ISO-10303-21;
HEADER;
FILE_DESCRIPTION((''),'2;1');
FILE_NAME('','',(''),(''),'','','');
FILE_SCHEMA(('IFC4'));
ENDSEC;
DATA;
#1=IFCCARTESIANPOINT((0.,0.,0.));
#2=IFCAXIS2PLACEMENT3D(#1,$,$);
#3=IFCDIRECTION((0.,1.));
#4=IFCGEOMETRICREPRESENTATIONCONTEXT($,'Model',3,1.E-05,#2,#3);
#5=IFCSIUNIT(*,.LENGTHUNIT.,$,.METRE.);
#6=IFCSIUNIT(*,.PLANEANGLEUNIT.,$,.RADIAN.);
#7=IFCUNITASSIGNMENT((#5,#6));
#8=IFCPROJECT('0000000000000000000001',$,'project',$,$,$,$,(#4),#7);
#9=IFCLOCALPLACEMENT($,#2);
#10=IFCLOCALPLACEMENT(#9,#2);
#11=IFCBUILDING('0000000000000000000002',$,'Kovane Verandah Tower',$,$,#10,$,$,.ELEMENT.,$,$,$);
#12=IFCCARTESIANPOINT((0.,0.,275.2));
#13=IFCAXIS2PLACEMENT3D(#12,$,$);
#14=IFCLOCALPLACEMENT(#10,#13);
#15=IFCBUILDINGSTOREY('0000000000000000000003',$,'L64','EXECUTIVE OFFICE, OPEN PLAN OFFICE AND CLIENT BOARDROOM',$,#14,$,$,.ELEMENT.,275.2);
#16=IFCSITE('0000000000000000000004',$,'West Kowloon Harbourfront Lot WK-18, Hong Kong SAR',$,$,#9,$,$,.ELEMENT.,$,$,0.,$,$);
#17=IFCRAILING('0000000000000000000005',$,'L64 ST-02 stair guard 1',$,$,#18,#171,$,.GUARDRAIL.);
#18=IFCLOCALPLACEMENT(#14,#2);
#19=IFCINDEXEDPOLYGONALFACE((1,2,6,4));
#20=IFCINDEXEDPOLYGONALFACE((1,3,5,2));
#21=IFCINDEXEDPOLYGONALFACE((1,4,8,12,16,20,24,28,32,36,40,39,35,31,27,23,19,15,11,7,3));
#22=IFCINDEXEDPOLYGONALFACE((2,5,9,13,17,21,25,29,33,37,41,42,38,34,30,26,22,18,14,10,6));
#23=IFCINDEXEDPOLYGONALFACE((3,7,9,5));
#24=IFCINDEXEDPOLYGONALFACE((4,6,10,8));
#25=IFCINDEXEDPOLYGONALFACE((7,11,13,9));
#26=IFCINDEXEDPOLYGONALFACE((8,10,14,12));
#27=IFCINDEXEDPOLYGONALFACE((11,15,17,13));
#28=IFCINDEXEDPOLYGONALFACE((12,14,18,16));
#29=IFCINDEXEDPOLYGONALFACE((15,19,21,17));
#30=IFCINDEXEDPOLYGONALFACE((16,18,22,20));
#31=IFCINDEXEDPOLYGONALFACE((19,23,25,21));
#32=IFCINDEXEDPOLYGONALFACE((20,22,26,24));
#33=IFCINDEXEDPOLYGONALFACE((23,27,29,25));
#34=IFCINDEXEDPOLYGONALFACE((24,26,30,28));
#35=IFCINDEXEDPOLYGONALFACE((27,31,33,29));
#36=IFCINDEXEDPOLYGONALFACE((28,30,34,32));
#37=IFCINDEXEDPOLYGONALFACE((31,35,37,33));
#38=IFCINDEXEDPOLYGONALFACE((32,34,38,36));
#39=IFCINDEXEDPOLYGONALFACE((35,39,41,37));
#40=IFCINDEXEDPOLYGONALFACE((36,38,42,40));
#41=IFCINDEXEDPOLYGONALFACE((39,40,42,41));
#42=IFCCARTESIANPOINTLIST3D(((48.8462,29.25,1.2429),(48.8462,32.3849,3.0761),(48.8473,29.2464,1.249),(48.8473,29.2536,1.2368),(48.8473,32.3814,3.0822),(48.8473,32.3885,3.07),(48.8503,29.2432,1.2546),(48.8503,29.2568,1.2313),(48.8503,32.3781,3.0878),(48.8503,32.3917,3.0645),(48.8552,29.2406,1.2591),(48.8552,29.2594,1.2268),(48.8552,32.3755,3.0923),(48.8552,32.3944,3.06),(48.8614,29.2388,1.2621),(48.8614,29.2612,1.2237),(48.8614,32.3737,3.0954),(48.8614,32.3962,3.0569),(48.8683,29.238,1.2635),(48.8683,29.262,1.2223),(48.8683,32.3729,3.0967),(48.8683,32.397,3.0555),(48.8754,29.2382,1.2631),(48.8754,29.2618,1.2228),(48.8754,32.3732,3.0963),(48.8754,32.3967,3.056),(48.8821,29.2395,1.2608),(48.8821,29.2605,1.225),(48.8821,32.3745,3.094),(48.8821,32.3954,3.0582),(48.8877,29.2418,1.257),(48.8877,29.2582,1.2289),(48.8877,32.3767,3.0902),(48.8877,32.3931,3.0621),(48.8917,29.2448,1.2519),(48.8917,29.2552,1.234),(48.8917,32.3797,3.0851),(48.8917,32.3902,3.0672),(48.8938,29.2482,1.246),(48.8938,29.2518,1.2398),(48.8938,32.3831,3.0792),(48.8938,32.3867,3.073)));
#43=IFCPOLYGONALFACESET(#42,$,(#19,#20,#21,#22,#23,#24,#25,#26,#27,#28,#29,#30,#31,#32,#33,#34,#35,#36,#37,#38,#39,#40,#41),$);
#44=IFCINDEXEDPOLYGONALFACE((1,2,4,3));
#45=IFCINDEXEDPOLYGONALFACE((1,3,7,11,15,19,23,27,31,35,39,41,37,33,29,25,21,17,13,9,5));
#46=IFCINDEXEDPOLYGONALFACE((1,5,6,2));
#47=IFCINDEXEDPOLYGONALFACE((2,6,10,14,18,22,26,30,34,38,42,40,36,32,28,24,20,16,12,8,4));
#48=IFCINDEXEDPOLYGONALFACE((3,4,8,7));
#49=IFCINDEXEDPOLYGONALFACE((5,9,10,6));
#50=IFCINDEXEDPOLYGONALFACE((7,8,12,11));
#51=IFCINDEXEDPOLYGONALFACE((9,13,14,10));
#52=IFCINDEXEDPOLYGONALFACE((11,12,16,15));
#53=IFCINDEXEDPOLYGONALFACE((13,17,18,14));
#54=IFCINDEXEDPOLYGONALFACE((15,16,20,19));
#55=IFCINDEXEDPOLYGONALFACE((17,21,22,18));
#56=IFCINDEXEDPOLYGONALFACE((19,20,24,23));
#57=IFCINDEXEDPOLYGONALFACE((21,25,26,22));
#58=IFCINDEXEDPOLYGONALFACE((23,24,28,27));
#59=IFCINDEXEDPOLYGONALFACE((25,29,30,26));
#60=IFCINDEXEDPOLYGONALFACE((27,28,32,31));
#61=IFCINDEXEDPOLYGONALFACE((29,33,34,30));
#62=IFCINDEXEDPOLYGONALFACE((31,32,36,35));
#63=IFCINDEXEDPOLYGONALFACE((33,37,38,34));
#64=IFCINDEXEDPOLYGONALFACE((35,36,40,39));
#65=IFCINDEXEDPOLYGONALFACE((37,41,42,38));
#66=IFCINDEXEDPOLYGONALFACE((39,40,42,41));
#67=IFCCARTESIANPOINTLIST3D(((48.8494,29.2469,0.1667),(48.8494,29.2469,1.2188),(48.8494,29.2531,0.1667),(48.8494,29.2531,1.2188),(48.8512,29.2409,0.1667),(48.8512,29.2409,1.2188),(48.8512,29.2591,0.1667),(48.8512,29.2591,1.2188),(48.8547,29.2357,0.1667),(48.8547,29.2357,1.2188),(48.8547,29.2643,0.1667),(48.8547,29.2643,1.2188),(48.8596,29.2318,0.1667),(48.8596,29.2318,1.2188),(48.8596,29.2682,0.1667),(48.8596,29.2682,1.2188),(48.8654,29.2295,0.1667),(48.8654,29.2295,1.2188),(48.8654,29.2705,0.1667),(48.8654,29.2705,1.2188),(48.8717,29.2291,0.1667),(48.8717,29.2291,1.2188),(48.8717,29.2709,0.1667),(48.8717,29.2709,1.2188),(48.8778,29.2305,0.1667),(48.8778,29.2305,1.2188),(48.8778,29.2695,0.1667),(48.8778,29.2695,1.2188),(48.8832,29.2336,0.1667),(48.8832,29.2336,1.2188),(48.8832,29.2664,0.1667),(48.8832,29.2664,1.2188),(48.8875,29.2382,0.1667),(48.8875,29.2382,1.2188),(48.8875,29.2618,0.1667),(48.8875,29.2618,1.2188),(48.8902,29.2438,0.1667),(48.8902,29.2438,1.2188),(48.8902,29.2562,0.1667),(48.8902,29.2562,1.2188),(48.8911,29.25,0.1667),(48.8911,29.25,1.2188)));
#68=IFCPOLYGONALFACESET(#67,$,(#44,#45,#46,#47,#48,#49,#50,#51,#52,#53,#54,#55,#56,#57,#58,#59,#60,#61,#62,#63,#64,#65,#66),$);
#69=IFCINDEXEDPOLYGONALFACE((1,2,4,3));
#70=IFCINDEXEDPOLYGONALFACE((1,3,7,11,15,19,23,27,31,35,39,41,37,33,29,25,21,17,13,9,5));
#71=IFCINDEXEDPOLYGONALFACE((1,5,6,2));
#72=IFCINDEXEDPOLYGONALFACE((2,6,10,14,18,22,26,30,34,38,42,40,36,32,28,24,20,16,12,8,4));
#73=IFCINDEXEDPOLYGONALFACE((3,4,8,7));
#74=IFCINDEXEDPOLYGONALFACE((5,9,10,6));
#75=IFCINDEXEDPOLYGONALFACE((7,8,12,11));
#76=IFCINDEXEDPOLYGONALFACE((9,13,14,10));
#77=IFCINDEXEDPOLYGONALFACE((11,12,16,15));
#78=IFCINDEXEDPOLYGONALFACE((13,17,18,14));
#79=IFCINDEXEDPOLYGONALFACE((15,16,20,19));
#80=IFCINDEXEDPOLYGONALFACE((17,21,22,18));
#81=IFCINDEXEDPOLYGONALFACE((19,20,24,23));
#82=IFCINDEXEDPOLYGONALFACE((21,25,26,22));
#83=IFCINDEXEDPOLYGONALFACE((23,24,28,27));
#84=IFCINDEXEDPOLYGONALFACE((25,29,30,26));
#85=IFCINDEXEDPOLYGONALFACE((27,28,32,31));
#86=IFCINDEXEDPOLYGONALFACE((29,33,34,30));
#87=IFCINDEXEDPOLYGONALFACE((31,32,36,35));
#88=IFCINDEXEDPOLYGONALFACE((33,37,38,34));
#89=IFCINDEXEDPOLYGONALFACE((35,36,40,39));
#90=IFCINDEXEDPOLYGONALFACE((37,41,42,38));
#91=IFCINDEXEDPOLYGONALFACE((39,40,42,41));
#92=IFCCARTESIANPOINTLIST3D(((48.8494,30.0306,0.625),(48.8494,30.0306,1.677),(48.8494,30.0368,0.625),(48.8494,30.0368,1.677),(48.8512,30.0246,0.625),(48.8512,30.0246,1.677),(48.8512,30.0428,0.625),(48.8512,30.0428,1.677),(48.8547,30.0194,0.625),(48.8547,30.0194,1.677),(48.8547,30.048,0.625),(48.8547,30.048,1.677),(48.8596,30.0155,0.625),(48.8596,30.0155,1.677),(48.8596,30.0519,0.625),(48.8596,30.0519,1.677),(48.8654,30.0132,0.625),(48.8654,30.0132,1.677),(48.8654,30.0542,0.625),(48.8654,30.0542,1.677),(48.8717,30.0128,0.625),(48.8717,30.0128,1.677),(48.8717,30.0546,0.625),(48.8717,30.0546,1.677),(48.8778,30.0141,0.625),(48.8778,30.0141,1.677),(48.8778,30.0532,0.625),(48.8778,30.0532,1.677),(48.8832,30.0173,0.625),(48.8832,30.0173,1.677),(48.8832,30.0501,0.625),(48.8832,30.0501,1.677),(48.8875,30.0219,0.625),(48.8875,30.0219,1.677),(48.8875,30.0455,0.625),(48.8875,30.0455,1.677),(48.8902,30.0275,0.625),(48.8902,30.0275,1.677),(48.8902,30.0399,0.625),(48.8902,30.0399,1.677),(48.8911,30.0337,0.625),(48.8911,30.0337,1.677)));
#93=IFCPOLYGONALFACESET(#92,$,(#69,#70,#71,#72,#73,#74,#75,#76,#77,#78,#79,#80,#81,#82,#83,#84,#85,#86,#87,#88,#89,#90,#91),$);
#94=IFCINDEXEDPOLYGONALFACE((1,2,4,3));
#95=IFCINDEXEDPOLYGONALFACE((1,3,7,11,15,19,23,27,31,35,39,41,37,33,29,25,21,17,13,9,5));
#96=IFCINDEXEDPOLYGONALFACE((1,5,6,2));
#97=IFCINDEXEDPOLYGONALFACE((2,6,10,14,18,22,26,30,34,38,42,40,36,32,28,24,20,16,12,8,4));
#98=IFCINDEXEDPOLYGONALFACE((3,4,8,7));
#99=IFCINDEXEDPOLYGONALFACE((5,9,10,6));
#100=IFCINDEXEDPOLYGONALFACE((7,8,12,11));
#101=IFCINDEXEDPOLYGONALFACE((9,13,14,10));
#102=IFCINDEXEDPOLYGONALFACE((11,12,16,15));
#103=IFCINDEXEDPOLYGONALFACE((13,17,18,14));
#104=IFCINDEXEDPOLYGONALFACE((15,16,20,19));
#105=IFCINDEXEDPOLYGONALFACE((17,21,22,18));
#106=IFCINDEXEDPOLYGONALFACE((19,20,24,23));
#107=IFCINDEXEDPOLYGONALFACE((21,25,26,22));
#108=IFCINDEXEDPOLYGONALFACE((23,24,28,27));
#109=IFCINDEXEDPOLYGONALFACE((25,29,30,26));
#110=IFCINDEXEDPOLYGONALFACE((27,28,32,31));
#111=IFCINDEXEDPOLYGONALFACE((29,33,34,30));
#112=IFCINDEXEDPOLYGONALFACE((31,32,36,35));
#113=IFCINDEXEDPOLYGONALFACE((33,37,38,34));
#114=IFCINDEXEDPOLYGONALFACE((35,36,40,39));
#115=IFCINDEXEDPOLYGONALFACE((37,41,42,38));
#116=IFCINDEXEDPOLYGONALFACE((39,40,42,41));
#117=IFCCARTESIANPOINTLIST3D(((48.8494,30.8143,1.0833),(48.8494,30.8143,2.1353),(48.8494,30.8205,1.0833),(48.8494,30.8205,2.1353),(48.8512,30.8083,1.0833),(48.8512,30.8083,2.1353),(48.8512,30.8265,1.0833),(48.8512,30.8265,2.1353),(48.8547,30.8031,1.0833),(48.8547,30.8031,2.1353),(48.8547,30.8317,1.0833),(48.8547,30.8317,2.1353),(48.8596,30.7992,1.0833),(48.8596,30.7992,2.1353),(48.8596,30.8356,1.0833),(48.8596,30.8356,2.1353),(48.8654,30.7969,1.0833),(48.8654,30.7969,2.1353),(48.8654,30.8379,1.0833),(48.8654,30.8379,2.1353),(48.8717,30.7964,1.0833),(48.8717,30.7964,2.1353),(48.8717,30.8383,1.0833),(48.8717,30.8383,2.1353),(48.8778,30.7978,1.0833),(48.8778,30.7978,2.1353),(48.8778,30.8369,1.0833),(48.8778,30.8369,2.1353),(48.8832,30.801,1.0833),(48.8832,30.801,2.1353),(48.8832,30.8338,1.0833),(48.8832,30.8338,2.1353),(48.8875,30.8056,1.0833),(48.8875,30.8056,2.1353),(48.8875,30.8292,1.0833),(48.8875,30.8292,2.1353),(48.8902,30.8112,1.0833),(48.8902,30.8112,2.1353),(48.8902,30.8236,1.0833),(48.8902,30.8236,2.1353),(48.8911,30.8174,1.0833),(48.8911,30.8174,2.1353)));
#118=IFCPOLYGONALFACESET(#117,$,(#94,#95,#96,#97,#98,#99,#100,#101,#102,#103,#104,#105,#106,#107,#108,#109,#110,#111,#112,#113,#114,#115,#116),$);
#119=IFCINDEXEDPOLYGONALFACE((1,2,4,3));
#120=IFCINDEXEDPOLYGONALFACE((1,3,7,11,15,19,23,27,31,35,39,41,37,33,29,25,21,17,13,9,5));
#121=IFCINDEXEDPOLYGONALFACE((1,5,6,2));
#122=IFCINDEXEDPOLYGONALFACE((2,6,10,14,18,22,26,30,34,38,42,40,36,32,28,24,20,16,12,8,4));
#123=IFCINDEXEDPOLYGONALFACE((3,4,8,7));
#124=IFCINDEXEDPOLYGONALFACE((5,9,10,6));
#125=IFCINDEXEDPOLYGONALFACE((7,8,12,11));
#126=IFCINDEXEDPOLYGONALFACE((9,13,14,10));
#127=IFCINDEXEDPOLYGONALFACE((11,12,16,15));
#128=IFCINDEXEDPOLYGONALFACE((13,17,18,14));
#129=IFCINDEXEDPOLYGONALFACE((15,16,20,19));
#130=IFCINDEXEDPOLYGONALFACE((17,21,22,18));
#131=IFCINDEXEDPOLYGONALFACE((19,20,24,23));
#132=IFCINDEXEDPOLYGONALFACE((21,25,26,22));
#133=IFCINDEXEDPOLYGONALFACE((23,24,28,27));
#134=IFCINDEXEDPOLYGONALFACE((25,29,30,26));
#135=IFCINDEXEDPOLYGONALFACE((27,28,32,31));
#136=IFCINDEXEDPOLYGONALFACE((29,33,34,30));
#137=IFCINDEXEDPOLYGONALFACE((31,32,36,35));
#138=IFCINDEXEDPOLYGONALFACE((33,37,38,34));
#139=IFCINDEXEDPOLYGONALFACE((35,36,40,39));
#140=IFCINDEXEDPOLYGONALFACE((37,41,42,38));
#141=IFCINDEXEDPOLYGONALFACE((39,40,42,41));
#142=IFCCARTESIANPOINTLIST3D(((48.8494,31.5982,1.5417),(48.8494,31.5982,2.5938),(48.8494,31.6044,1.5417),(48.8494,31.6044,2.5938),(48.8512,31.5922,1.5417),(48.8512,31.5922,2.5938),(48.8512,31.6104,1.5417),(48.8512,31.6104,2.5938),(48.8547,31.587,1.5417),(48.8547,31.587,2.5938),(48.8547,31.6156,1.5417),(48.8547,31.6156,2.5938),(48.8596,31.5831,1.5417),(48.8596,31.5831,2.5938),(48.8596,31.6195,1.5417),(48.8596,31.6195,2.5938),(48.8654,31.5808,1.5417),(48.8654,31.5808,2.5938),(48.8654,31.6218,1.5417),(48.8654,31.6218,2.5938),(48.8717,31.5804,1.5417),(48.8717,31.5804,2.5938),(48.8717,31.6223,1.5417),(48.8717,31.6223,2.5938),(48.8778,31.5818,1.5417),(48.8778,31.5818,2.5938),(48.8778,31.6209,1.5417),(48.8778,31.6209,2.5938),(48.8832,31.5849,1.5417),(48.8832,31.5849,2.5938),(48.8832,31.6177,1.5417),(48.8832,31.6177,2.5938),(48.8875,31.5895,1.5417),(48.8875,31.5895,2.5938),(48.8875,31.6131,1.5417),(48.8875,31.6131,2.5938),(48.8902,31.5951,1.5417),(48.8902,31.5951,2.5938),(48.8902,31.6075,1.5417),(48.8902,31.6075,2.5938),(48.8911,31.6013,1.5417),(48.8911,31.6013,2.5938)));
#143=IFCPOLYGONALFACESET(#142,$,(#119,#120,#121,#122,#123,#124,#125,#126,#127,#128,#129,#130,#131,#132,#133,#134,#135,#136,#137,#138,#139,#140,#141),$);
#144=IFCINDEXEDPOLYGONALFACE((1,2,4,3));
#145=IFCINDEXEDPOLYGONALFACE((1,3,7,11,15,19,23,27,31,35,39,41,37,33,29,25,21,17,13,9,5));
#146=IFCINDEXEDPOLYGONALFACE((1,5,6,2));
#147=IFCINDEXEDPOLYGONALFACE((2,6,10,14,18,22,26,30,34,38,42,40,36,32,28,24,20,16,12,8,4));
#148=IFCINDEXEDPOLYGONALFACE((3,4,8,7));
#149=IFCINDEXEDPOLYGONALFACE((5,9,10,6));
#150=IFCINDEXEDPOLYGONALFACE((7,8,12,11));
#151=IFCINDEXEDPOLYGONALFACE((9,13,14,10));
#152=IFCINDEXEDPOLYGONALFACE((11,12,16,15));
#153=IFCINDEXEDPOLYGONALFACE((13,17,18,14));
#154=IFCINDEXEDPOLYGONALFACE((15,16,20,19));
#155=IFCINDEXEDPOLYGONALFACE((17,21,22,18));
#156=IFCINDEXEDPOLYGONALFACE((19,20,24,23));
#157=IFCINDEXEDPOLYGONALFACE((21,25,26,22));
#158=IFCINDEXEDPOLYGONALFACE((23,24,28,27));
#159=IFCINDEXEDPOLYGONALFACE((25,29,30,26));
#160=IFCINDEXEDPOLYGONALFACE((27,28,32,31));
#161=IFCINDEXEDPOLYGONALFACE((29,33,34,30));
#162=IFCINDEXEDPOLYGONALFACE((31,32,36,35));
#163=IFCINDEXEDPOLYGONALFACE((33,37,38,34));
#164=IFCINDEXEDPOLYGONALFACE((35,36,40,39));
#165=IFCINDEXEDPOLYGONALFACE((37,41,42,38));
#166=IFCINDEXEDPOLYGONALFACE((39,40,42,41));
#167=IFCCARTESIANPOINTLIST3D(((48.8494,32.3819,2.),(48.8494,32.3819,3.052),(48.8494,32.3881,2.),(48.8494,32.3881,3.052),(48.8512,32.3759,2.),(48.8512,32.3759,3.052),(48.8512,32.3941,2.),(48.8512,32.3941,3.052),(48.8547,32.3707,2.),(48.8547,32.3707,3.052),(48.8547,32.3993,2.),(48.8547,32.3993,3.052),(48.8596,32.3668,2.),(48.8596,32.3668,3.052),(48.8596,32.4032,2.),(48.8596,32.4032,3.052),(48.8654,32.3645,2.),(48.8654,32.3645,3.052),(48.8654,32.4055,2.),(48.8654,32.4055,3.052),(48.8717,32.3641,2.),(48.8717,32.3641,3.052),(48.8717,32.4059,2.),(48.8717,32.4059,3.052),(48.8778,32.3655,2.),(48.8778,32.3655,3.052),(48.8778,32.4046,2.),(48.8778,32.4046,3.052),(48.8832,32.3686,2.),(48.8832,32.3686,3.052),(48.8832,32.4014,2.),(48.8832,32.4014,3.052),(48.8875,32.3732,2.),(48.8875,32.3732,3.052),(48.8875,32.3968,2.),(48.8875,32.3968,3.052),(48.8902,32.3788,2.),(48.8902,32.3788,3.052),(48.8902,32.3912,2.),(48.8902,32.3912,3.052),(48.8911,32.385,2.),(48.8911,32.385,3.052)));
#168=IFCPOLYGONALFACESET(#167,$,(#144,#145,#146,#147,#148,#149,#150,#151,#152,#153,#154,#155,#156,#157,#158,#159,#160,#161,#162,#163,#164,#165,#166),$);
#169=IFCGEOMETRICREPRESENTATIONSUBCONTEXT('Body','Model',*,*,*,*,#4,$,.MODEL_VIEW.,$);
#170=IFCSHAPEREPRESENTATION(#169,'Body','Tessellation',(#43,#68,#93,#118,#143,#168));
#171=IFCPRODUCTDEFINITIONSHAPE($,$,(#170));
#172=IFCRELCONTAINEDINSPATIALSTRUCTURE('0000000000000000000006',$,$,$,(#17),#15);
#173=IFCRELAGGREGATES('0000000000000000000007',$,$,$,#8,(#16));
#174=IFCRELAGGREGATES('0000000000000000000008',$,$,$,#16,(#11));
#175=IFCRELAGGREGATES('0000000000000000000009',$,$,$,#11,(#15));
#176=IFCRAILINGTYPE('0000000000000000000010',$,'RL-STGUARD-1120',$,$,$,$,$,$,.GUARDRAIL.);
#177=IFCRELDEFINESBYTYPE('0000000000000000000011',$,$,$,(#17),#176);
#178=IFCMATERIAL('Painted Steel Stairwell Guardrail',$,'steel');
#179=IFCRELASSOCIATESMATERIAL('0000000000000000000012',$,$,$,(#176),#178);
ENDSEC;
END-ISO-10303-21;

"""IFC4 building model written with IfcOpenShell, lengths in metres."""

from ifc_helpers import new_model, si_unit, direction, frame, origin, origin_2d, place, context, subcontext, project, spatial, circle, extrude, material, type_object, element, save


model = new_model("IFC4")

# Units and contexts
model_context = context("Model", 3, precision=1e-05, world=origin(), true_north=direction((0.0, 1.0)))
body_context = subcontext(model_context, "Body", "Model", "MODEL_VIEW")
ifc_project = project(units=[si_unit("LENGTHUNIT", "METRE"), si_unit("PLANEANGLEUNIT", "RADIAN")], contexts=[model_context])

# Site, building, storey
site_placement = place(None, origin())
site = spatial("IfcSite", under=ifc_project, at=site_placement, Name="West Kowloon Harbourfront Lot WK-18, Hong Kong SAR", CompositionType="ELEMENT", RefElevation=0.0)
building_placement = place(site_placement, origin())
building = spatial("IfcBuilding", under=site, at=building_placement, Name="Kovane Verandah Tower", CompositionType="ELEMENT")
storey_placement = place(building_placement, frame((0.0, 0.0, 275.2)))
storey = spatial("IfcBuildingStorey", under=building, at=storey_placement, Name="L64", Description="EXECUTIVE OFFICE, OPEN PLAN OFFICE AND CLIENT BOARDROOM", CompositionType="ELEMENT", Elevation=275.2)

# Railing
ifc_material_1 = material(Name="Painted Steel Stairwell Guardrail", Category="steel")
railing_type_1 = type_object("IfcRailingType", Name="RL-STGUARD-1120", PredefinedType="GUARDRAIL", material=ifc_material_1)
railing_1_placement = place(storey_placement, frame((48.8701, 29.25, 0.1667)))
element("IfcRailing", 1, at=railing_1_placement, inside=storey, type_object=railing_type_1, Name="L64 ST-02 stair guard 1", PredefinedType="GUARDRAIL", context=body_context, shape_type="SweptSolid", body=[
    extrude(circle(Radius=0.0239, at=origin_2d()), frame((0.0, 0.0, 1.0762), z_axis=(0.0, 0.86324, 0.504794), x_axis=(-1.0, 0.0, 0.0)), (0.0, 0.0, 1.0), 3.6316),
    extrude(circle(Radius=0.021, at=origin_2d()), origin(), (0.0, 0.0, 1.0), 1.052),
    extrude(circle(Radius=0.021, at=origin_2d()), frame((0.0, 0.7837, 0.4583)), (0.0, 0.0, 1.0), 1.052),
    extrude(circle(Radius=0.021, at=origin_2d()), frame((0.0, 1.5674, 0.9165)), (0.0, 0.0, 1.0), 1.052),
    extrude(circle(Radius=0.021, at=origin_2d()), frame((0.0, 2.3513, 1.375)), (0.0, 0.0, 1.0), 1.052),
    extrude(circle(Radius=0.021, at=origin_2d()), frame((0.0, 3.135, 1.8333)), (0.0, 0.0, 1.0), 1.052),
])

save(model, "model.ifc")
